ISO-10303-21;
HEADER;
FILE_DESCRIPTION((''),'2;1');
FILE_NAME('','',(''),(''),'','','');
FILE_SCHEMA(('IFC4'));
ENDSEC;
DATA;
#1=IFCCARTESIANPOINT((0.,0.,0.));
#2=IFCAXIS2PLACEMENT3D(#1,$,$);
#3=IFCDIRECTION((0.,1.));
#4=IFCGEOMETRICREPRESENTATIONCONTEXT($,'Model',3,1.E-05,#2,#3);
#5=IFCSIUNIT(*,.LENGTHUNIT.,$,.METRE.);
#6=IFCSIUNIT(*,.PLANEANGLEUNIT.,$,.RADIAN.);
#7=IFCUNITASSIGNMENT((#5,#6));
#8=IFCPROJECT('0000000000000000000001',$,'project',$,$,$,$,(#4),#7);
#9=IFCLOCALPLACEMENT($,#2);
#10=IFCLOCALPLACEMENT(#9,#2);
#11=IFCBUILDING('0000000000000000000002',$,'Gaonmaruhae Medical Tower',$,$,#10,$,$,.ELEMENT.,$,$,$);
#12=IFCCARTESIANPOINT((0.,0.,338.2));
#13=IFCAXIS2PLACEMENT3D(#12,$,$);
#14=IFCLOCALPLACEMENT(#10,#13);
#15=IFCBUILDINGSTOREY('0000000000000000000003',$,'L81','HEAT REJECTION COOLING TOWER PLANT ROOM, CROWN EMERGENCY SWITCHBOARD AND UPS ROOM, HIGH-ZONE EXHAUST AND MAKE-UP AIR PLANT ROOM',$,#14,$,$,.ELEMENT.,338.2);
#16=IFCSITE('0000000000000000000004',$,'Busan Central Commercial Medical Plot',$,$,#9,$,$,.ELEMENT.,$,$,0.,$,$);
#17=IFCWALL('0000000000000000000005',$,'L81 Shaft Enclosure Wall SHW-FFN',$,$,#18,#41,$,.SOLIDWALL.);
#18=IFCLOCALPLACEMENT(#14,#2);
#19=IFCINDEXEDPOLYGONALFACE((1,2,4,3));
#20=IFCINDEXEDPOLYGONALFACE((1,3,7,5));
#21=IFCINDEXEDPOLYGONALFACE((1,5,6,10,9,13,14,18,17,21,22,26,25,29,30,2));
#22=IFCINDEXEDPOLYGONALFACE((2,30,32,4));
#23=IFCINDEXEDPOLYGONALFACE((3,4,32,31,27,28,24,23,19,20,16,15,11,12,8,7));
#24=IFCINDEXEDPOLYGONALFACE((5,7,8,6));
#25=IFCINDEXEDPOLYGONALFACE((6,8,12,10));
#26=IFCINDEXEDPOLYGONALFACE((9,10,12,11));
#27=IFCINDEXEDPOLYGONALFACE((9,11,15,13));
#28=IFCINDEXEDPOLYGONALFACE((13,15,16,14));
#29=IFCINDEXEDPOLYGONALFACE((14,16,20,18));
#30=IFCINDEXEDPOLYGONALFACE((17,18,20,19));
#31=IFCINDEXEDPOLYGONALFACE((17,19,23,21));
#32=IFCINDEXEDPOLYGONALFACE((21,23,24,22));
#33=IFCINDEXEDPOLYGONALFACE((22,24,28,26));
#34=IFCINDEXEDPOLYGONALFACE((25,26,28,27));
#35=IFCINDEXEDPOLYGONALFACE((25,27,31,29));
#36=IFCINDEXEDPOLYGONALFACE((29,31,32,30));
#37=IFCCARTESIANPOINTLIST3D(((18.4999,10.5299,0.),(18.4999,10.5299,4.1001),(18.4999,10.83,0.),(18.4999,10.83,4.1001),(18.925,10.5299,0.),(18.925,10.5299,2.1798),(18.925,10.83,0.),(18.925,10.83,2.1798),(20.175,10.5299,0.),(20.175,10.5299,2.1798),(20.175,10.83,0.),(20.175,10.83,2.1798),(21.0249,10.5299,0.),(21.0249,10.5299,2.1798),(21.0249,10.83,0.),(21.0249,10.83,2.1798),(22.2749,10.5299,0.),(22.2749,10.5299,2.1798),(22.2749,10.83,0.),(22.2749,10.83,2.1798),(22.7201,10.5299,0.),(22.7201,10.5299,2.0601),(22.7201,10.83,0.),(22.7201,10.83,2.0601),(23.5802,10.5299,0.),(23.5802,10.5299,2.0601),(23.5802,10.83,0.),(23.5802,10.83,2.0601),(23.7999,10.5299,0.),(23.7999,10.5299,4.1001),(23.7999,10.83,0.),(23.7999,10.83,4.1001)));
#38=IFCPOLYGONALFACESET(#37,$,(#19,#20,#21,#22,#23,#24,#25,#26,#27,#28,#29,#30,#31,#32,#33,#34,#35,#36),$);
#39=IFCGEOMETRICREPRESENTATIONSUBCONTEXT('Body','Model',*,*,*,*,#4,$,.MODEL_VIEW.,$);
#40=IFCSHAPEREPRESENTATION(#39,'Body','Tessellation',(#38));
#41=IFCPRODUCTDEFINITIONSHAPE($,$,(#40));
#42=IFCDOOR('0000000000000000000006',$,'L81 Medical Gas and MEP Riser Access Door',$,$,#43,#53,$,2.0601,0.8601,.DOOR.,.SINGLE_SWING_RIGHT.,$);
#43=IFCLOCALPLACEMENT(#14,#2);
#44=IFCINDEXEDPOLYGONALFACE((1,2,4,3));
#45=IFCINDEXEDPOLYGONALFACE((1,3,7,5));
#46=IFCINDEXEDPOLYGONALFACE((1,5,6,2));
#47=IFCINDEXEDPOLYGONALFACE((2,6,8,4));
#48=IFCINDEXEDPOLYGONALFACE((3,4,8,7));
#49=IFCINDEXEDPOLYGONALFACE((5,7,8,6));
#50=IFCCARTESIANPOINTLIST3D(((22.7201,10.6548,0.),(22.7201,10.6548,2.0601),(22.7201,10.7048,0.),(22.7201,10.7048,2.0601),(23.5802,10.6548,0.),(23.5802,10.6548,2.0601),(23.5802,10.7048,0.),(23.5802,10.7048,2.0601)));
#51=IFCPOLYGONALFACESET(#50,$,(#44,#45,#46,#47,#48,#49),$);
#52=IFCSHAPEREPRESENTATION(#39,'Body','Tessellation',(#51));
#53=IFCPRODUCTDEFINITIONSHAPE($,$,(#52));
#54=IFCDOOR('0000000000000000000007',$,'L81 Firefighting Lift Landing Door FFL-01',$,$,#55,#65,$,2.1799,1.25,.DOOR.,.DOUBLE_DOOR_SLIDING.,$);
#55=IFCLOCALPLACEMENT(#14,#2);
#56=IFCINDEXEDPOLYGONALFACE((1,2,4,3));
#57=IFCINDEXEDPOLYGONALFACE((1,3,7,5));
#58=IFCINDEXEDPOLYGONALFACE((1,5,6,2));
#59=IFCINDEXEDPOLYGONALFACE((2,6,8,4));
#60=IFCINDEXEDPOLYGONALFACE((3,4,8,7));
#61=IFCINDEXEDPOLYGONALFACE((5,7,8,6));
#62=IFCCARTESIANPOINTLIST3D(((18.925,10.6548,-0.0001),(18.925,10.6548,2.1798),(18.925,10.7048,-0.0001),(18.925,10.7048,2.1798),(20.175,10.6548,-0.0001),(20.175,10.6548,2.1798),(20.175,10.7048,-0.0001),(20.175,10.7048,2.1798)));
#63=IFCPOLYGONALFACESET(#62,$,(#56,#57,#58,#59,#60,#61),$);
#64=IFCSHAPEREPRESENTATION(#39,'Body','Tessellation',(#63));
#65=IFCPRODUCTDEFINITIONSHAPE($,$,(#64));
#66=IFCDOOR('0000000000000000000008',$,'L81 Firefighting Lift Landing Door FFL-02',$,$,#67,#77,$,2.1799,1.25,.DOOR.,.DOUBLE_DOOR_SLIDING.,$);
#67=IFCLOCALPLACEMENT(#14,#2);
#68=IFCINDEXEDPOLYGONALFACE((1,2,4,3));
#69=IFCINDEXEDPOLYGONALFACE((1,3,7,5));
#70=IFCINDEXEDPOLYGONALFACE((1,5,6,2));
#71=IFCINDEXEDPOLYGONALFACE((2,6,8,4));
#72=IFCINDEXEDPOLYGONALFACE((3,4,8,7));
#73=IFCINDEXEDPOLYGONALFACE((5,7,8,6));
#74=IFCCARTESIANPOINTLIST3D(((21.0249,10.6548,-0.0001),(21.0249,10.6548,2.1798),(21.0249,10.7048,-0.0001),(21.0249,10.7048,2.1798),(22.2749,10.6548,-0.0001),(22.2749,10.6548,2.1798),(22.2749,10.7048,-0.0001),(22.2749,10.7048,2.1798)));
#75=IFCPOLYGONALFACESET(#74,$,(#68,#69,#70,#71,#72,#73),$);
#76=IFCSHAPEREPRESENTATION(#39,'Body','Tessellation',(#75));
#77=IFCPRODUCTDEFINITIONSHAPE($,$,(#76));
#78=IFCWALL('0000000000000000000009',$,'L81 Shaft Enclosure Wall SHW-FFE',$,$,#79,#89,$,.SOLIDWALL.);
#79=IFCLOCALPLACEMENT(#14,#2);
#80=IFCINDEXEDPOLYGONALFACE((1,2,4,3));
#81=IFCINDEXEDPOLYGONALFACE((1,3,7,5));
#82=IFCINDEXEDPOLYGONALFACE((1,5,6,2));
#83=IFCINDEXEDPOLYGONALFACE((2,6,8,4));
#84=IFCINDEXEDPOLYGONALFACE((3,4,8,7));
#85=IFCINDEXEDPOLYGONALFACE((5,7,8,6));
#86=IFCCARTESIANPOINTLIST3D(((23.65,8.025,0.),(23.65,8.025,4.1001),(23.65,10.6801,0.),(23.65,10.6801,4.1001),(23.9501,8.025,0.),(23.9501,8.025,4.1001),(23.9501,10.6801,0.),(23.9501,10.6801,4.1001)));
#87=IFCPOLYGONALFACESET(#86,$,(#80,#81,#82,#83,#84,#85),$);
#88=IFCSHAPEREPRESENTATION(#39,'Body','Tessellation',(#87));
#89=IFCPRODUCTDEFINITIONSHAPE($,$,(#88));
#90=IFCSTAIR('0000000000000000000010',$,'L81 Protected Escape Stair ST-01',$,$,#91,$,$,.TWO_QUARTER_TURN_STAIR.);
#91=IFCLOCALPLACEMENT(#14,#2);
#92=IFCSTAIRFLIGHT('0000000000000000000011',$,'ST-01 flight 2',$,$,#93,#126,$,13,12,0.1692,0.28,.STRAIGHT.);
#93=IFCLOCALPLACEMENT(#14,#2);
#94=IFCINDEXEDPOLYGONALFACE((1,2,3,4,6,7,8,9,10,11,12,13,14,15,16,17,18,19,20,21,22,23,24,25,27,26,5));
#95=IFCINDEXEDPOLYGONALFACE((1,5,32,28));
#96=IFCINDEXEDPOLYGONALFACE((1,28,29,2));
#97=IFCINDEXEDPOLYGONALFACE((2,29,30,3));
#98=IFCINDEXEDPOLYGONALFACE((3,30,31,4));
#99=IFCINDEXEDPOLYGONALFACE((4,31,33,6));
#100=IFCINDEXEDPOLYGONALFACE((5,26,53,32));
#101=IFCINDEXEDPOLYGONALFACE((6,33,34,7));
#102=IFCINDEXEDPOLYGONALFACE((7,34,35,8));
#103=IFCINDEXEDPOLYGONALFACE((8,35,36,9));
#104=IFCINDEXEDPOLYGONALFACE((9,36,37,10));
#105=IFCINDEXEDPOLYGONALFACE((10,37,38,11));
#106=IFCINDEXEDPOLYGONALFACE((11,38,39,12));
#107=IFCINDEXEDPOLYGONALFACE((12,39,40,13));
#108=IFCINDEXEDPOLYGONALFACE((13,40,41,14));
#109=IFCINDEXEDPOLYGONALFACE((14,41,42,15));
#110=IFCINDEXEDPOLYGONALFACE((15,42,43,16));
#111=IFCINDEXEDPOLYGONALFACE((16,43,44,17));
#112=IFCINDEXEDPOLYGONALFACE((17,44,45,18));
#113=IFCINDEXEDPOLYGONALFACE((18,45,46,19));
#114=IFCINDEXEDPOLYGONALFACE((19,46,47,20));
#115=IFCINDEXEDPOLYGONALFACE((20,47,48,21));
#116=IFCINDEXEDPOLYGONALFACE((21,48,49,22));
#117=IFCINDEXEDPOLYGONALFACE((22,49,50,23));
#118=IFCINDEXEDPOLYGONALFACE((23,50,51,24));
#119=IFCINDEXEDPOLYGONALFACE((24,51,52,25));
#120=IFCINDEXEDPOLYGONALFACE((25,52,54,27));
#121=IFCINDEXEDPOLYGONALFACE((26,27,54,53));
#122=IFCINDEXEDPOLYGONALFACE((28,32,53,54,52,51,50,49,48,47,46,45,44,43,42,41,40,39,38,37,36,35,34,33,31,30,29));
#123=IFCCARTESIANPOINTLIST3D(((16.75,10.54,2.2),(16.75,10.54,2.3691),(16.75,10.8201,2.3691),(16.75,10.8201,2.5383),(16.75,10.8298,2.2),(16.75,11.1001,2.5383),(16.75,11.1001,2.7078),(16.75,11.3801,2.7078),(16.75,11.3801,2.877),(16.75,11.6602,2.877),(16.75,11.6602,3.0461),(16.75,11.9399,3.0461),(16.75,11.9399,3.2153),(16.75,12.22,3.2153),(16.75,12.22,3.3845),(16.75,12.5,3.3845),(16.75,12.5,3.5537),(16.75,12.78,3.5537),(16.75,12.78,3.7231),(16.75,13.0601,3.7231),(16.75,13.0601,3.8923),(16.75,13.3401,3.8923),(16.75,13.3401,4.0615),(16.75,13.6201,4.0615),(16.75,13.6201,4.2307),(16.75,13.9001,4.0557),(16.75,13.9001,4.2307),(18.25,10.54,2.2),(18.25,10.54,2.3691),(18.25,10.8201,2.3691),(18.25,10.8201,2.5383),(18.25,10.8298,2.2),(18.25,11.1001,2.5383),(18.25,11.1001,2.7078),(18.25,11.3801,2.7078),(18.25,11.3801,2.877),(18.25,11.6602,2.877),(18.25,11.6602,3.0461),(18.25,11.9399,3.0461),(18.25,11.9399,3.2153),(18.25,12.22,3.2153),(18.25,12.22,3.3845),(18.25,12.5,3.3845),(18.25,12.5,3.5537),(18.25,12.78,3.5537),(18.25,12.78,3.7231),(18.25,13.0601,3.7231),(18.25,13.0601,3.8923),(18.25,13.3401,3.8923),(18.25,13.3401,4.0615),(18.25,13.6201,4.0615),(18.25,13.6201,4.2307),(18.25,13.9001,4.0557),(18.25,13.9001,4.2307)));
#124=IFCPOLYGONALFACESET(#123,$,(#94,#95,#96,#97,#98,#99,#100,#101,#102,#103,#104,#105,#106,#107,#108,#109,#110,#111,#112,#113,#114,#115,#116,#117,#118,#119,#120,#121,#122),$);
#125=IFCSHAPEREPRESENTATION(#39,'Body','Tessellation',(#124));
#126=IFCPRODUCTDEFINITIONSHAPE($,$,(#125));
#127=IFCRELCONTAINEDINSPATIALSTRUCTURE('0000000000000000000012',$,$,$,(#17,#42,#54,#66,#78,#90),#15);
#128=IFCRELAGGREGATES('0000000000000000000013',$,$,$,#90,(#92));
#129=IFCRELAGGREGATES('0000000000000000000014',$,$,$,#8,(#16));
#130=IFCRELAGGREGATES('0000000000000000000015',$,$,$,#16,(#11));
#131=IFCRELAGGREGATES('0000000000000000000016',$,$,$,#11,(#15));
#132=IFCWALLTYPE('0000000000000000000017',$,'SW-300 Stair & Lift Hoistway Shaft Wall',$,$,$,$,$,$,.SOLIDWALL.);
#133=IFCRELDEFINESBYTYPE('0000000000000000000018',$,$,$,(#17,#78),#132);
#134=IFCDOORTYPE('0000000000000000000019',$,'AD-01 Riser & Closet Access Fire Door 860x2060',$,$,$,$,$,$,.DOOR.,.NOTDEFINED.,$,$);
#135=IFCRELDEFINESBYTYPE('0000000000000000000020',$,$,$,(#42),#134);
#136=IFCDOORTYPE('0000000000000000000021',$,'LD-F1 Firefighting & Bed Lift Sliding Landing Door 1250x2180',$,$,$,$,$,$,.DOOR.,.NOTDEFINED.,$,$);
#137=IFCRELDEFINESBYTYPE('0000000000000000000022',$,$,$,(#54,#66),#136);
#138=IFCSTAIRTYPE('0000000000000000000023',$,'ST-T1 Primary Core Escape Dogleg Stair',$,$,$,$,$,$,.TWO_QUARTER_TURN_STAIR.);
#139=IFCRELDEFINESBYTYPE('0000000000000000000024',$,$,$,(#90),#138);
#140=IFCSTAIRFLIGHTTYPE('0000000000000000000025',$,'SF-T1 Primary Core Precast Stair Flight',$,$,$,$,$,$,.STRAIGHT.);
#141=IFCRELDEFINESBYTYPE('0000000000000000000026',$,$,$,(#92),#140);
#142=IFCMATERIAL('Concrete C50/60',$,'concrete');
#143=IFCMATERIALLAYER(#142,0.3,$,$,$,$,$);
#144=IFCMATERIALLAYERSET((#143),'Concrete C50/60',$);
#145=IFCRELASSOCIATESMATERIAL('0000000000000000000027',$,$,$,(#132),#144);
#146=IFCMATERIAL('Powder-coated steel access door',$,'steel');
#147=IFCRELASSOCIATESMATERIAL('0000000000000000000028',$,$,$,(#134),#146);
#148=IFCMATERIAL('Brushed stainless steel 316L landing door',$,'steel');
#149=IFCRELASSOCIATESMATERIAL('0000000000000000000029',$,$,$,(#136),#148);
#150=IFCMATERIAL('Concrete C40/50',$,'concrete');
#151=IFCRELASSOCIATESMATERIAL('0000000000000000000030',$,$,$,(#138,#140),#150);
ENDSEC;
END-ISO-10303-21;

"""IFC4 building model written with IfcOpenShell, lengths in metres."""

from ifc_helpers import new_model, si_unit, direction, frame, frame_2d, origin, place, context, subcontext, project, spatial, polyline, rectangle, outline, extrude, material, layer, layer_set, type_object, element, fill, aggregate, save


model = new_model("IFC4")

# Units and contexts
model_context = context("Model", 3, precision=1e-05, world=origin(), true_north=direction((0.0, 1.0)))
body_context = subcontext(model_context, "Body", "Model", "MODEL_VIEW")
ifc_project = project(units=[si_unit("LENGTHUNIT", "METRE"), si_unit("PLANEANGLEUNIT", "RADIAN")], contexts=[model_context])

# Site, building, storey
site_placement = place(None, origin())
site = spatial("IfcSite", under=ifc_project, at=site_placement, Name="Busan Central Commercial Medical Plot", CompositionType="ELEMENT", RefElevation=0.0)
building_placement = place(site_placement, origin())
building = spatial("IfcBuilding", under=site, at=building_placement, Name="Gaonmaruhae Medical Tower", CompositionType="ELEMENT")
storey_placement = place(building_placement, frame((0.0, 0.0, 338.2)))
storey = spatial("IfcBuildingStorey", under=building, at=storey_placement, Name="L81", Description="HEAT REJECTION COOLING TOWER PLANT ROOM, CROWN EMERGENCY SWITCHBOARD AND UPS ROOM, HIGH-ZONE EXHAUST AND MAKE-UP AIR PLANT ROOM", CompositionType="ELEMENT", Elevation=338.2)

# Shared definitions
ifc_material_1 = material(Name="Concrete C50/60", Category="concrete")

# Wall, openings, doors
ifc_layer_1 = layer(ifc_material_1, 0.3)
ifc_layer_set_1 = layer_set([ifc_layer_1], Name="Concrete C50/60")
wall_type_1 = type_object("IfcWallType", Name="SW-300 Stair & Lift Hoistway Shaft Wall", PredefinedType="SOLIDWALL", material=ifc_layer_set_1)
wall_1_placement = place(storey_placement, frame((18.5, 10.6799, 0.0), z_axis=(0.0, 0.0, 1.0), x_axis=(1.0, 0.0, 0.0)))
wall_1 = element("IfcWall", 1, at=wall_1_placement, inside=storey, type_object=wall_type_1, Name="L81 Shaft Enclosure Wall SHW-FFN", PredefinedType="SOLIDWALL", context=body_context, shape_type="SweptSolid", body=[
    extrude(rectangle(XDim=5.3, YDim=0.3, at=frame_2d((2.6499, 0.0))), origin(), (0.0, 0.0, 1.0), 4.1001),
])
opening_1_placement = place(wall_1_placement, frame((4.22, 0.0, 0.0)))
opening_1 = element("IfcOpeningElement", 2, at=opening_1_placement, cuts=wall_1, PredefinedType="OPENING", context=body_context, shape_type="SweptSolid", body=[
    extrude(rectangle(XDim=0.8601, YDim=2.0601, at=frame_2d((0.4302, 1.03))), frame((0.0, 0.1602, 0.0), z_axis=(0.0, -1.0, 0.0), x_axis=(1.0, 0.0, 0.0)), (0.0, 0.0, 1.0), 0.3201),
])
opening_2_placement = place(wall_1_placement, frame((0.425, 0.0, 0.0)))
opening_2 = element("IfcOpeningElement", 3, at=opening_2_placement, cuts=wall_1, PredefinedType="OPENING", context=body_context, shape_type="SweptSolid", body=[
    extrude(rectangle(XDim=1.25, YDim=2.1799, at=frame_2d((0.625, 1.0898))), frame((0.0, 0.1602, 0.0), z_axis=(0.0, -1.0, 0.0), x_axis=(1.0, 0.0, 0.0)), (0.0, 0.0, 1.0), 0.3201),
])
opening_3_placement = place(wall_1_placement, frame((2.5249, 0.0, 0.0)))
opening_3 = element("IfcOpeningElement", 4, at=opening_3_placement, cuts=wall_1, PredefinedType="OPENING", context=body_context, shape_type="SweptSolid", body=[
    extrude(rectangle(XDim=1.25, YDim=2.1799, at=frame_2d((0.625, 1.0898))), frame((0.0, 0.1602, 0.0), z_axis=(0.0, -1.0, 0.0), x_axis=(1.0, 0.0, 0.0)), (0.0, 0.0, 1.0), 0.3201),
])
ifc_material_2 = material(Name="Powder-coated steel access door", Category="steel")
door_type_1 = type_object("IfcDoorType", Name="AD-01 Riser & Closet Access Fire Door 860x2060", OperationType="NOTDEFINED", PredefinedType="DOOR", material=ifc_material_2)
door_1_placement = place(opening_1_placement, origin())
door_1 = element("IfcDoor", 5, at=door_1_placement, inside=storey, type_object=door_type_1, Name="L81 Medical Gas and MEP Riser Access Door", OperationType="SINGLE_SWING_RIGHT", OverallHeight=2.0601, OverallWidth=0.8601, PredefinedType="DOOR", context=body_context, shape_type="SweptSolid", body=[
    extrude(rectangle(XDim=0.8601, YDim=2.0601, at=frame_2d((0.4302, 1.03))), frame((0.0, 0.0249, 0.0), z_axis=(0.0, -1.0, 0.0), x_axis=(1.0, 0.0, 0.0)), (0.0, 0.0, 1.0), 0.05),
])
fill(opening_1, door_1)
ifc_material_3 = material(Name="Brushed stainless steel 316L landing door", Category="steel")
door_type_2 = type_object("IfcDoorType", Name="LD-F1 Firefighting & Bed Lift Sliding Landing Door 1250x2180", OperationType="NOTDEFINED", PredefinedType="DOOR", material=ifc_material_3)
door_2_placement = place(opening_2_placement, origin())
door_2 = element("IfcDoor", 6, at=door_2_placement, inside=storey, type_object=door_type_2, Name="L81 Firefighting Lift Landing Door FFL-01", OperationType="DOUBLE_DOOR_SLIDING", OverallHeight=2.1799, OverallWidth=1.25, PredefinedType="DOOR", context=body_context, shape_type="SweptSolid", body=[
    extrude(rectangle(XDim=1.25, YDim=2.1799, at=frame_2d((0.625, 1.0898))), frame((0.0, 0.0249, 0.0), z_axis=(0.0, -1.0, 0.0), x_axis=(1.0, 0.0, 0.0)), (0.0, 0.0, 1.0), 0.05),
])
fill(opening_2, door_2)
door_3_placement = place(opening_3_placement, origin())
door_3 = element("IfcDoor", 7, at=door_3_placement, inside=storey, type_object=door_type_2, Name="L81 Firefighting Lift Landing Door FFL-02", OperationType="DOUBLE_DOOR_SLIDING", OverallHeight=2.1799, OverallWidth=1.25, PredefinedType="DOOR", context=body_context, shape_type="SweptSolid", body=[
    extrude(rectangle(XDim=1.25, YDim=2.1799, at=frame_2d((0.625, 1.0898))), frame((0.0, 0.0249, 0.0), z_axis=(0.0, -1.0, 0.0), x_axis=(1.0, 0.0, 0.0)), (0.0, 0.0, 1.0), 0.05),
])
fill(opening_3, door_3)

# Wall
wall_2_placement = place(storey_placement, frame((23.8, 8.0249, 0.0), z_axis=(0.0, 0.0, 1.0), x_axis=(0.0, 1.0, 0.0)))
element("IfcWall", 8, at=wall_2_placement, inside=storey, type_object=wall_type_1, Name="L81 Shaft Enclosure Wall SHW-FFE", PredefinedType="SOLIDWALL", context=body_context, shape_type="SweptSolid", body=[
    extrude(rectangle(XDim=2.655, YDim=0.3, at=frame_2d((1.3276, 0.0))), origin(), (0.0, 0.0, 1.0), 4.1001),
])

# Stair, stair flight
ifc_material_4 = material(Name="Concrete C40/50", Category="concrete")
stair_type = type_object("IfcStairType", Name="ST-T1 Primary Core Escape Dogleg Stair", PredefinedType="TWO_QUARTER_TURN_STAIR", material=ifc_material_4)
stair_placement = place(storey_placement, origin())
stair = element("IfcStair", 9, at=stair_placement, inside=storey, type_object=stair_type, Name="L81 Protected Escape Stair ST-01", PredefinedType="TWO_QUARTER_TURN_STAIR")
stair_flight_type = type_object("IfcStairFlightType", Name="SF-T1 Primary Core Precast Stair Flight", PredefinedType="STRAIGHT", material=ifc_material_4)
stair_flight_placement = place(storey_placement, frame((17.5, 10.54, 2.2), z_axis=(0.0, 0.0, 1.0), x_axis=(0.0, 1.0, 0.0)))
stair_flight = element("IfcStairFlight", 10, at=stair_flight_placement, type_object=stair_flight_type, Name="ST-01 flight 2", NumberOfRisers=13, NumberOfTreads=12, PredefinedType="STRAIGHT", RiserHeight=0.1692, TreadLength=0.28, context=body_context, shape_type="SweptSolid", body=[
    extrude(outline(polyline([(0.0, 0.0), (0.0, 0.1692), (0.28, 0.1692), (0.28, 0.3384), (0.5601, 0.3384), (0.5601, 0.5078), (0.8401, 0.5078), (0.8401, 0.677), (1.1201, 0.677), (1.1201, 0.8462), (1.3999, 0.8462), (1.3999, 1.0154), (1.6799, 1.0154), (1.6799, 1.1846), (1.96, 1.1846), (1.96, 1.3538), (2.24, 1.3538), (2.24, 1.5232), (2.52, 1.5232), (2.52, 1.6924), (2.8, 1.6924), (2.8, 1.8616), (3.0801, 1.8616), (3.0801, 2.0308), (3.3601, 2.0308), (3.3601, 2.2), (3.3601, 1.8557), (0.2898, 0.0), (0.0, 0.0)])), frame((0.0, 0.75, 0.0), z_axis=(0.0, -1.0, 0.0), x_axis=(1.0, 0.0, 0.0)), (0.0, 0.0, 1.0), 1.5),
])
aggregate(stair, [stair_flight])

save(model, "model.ifc")
